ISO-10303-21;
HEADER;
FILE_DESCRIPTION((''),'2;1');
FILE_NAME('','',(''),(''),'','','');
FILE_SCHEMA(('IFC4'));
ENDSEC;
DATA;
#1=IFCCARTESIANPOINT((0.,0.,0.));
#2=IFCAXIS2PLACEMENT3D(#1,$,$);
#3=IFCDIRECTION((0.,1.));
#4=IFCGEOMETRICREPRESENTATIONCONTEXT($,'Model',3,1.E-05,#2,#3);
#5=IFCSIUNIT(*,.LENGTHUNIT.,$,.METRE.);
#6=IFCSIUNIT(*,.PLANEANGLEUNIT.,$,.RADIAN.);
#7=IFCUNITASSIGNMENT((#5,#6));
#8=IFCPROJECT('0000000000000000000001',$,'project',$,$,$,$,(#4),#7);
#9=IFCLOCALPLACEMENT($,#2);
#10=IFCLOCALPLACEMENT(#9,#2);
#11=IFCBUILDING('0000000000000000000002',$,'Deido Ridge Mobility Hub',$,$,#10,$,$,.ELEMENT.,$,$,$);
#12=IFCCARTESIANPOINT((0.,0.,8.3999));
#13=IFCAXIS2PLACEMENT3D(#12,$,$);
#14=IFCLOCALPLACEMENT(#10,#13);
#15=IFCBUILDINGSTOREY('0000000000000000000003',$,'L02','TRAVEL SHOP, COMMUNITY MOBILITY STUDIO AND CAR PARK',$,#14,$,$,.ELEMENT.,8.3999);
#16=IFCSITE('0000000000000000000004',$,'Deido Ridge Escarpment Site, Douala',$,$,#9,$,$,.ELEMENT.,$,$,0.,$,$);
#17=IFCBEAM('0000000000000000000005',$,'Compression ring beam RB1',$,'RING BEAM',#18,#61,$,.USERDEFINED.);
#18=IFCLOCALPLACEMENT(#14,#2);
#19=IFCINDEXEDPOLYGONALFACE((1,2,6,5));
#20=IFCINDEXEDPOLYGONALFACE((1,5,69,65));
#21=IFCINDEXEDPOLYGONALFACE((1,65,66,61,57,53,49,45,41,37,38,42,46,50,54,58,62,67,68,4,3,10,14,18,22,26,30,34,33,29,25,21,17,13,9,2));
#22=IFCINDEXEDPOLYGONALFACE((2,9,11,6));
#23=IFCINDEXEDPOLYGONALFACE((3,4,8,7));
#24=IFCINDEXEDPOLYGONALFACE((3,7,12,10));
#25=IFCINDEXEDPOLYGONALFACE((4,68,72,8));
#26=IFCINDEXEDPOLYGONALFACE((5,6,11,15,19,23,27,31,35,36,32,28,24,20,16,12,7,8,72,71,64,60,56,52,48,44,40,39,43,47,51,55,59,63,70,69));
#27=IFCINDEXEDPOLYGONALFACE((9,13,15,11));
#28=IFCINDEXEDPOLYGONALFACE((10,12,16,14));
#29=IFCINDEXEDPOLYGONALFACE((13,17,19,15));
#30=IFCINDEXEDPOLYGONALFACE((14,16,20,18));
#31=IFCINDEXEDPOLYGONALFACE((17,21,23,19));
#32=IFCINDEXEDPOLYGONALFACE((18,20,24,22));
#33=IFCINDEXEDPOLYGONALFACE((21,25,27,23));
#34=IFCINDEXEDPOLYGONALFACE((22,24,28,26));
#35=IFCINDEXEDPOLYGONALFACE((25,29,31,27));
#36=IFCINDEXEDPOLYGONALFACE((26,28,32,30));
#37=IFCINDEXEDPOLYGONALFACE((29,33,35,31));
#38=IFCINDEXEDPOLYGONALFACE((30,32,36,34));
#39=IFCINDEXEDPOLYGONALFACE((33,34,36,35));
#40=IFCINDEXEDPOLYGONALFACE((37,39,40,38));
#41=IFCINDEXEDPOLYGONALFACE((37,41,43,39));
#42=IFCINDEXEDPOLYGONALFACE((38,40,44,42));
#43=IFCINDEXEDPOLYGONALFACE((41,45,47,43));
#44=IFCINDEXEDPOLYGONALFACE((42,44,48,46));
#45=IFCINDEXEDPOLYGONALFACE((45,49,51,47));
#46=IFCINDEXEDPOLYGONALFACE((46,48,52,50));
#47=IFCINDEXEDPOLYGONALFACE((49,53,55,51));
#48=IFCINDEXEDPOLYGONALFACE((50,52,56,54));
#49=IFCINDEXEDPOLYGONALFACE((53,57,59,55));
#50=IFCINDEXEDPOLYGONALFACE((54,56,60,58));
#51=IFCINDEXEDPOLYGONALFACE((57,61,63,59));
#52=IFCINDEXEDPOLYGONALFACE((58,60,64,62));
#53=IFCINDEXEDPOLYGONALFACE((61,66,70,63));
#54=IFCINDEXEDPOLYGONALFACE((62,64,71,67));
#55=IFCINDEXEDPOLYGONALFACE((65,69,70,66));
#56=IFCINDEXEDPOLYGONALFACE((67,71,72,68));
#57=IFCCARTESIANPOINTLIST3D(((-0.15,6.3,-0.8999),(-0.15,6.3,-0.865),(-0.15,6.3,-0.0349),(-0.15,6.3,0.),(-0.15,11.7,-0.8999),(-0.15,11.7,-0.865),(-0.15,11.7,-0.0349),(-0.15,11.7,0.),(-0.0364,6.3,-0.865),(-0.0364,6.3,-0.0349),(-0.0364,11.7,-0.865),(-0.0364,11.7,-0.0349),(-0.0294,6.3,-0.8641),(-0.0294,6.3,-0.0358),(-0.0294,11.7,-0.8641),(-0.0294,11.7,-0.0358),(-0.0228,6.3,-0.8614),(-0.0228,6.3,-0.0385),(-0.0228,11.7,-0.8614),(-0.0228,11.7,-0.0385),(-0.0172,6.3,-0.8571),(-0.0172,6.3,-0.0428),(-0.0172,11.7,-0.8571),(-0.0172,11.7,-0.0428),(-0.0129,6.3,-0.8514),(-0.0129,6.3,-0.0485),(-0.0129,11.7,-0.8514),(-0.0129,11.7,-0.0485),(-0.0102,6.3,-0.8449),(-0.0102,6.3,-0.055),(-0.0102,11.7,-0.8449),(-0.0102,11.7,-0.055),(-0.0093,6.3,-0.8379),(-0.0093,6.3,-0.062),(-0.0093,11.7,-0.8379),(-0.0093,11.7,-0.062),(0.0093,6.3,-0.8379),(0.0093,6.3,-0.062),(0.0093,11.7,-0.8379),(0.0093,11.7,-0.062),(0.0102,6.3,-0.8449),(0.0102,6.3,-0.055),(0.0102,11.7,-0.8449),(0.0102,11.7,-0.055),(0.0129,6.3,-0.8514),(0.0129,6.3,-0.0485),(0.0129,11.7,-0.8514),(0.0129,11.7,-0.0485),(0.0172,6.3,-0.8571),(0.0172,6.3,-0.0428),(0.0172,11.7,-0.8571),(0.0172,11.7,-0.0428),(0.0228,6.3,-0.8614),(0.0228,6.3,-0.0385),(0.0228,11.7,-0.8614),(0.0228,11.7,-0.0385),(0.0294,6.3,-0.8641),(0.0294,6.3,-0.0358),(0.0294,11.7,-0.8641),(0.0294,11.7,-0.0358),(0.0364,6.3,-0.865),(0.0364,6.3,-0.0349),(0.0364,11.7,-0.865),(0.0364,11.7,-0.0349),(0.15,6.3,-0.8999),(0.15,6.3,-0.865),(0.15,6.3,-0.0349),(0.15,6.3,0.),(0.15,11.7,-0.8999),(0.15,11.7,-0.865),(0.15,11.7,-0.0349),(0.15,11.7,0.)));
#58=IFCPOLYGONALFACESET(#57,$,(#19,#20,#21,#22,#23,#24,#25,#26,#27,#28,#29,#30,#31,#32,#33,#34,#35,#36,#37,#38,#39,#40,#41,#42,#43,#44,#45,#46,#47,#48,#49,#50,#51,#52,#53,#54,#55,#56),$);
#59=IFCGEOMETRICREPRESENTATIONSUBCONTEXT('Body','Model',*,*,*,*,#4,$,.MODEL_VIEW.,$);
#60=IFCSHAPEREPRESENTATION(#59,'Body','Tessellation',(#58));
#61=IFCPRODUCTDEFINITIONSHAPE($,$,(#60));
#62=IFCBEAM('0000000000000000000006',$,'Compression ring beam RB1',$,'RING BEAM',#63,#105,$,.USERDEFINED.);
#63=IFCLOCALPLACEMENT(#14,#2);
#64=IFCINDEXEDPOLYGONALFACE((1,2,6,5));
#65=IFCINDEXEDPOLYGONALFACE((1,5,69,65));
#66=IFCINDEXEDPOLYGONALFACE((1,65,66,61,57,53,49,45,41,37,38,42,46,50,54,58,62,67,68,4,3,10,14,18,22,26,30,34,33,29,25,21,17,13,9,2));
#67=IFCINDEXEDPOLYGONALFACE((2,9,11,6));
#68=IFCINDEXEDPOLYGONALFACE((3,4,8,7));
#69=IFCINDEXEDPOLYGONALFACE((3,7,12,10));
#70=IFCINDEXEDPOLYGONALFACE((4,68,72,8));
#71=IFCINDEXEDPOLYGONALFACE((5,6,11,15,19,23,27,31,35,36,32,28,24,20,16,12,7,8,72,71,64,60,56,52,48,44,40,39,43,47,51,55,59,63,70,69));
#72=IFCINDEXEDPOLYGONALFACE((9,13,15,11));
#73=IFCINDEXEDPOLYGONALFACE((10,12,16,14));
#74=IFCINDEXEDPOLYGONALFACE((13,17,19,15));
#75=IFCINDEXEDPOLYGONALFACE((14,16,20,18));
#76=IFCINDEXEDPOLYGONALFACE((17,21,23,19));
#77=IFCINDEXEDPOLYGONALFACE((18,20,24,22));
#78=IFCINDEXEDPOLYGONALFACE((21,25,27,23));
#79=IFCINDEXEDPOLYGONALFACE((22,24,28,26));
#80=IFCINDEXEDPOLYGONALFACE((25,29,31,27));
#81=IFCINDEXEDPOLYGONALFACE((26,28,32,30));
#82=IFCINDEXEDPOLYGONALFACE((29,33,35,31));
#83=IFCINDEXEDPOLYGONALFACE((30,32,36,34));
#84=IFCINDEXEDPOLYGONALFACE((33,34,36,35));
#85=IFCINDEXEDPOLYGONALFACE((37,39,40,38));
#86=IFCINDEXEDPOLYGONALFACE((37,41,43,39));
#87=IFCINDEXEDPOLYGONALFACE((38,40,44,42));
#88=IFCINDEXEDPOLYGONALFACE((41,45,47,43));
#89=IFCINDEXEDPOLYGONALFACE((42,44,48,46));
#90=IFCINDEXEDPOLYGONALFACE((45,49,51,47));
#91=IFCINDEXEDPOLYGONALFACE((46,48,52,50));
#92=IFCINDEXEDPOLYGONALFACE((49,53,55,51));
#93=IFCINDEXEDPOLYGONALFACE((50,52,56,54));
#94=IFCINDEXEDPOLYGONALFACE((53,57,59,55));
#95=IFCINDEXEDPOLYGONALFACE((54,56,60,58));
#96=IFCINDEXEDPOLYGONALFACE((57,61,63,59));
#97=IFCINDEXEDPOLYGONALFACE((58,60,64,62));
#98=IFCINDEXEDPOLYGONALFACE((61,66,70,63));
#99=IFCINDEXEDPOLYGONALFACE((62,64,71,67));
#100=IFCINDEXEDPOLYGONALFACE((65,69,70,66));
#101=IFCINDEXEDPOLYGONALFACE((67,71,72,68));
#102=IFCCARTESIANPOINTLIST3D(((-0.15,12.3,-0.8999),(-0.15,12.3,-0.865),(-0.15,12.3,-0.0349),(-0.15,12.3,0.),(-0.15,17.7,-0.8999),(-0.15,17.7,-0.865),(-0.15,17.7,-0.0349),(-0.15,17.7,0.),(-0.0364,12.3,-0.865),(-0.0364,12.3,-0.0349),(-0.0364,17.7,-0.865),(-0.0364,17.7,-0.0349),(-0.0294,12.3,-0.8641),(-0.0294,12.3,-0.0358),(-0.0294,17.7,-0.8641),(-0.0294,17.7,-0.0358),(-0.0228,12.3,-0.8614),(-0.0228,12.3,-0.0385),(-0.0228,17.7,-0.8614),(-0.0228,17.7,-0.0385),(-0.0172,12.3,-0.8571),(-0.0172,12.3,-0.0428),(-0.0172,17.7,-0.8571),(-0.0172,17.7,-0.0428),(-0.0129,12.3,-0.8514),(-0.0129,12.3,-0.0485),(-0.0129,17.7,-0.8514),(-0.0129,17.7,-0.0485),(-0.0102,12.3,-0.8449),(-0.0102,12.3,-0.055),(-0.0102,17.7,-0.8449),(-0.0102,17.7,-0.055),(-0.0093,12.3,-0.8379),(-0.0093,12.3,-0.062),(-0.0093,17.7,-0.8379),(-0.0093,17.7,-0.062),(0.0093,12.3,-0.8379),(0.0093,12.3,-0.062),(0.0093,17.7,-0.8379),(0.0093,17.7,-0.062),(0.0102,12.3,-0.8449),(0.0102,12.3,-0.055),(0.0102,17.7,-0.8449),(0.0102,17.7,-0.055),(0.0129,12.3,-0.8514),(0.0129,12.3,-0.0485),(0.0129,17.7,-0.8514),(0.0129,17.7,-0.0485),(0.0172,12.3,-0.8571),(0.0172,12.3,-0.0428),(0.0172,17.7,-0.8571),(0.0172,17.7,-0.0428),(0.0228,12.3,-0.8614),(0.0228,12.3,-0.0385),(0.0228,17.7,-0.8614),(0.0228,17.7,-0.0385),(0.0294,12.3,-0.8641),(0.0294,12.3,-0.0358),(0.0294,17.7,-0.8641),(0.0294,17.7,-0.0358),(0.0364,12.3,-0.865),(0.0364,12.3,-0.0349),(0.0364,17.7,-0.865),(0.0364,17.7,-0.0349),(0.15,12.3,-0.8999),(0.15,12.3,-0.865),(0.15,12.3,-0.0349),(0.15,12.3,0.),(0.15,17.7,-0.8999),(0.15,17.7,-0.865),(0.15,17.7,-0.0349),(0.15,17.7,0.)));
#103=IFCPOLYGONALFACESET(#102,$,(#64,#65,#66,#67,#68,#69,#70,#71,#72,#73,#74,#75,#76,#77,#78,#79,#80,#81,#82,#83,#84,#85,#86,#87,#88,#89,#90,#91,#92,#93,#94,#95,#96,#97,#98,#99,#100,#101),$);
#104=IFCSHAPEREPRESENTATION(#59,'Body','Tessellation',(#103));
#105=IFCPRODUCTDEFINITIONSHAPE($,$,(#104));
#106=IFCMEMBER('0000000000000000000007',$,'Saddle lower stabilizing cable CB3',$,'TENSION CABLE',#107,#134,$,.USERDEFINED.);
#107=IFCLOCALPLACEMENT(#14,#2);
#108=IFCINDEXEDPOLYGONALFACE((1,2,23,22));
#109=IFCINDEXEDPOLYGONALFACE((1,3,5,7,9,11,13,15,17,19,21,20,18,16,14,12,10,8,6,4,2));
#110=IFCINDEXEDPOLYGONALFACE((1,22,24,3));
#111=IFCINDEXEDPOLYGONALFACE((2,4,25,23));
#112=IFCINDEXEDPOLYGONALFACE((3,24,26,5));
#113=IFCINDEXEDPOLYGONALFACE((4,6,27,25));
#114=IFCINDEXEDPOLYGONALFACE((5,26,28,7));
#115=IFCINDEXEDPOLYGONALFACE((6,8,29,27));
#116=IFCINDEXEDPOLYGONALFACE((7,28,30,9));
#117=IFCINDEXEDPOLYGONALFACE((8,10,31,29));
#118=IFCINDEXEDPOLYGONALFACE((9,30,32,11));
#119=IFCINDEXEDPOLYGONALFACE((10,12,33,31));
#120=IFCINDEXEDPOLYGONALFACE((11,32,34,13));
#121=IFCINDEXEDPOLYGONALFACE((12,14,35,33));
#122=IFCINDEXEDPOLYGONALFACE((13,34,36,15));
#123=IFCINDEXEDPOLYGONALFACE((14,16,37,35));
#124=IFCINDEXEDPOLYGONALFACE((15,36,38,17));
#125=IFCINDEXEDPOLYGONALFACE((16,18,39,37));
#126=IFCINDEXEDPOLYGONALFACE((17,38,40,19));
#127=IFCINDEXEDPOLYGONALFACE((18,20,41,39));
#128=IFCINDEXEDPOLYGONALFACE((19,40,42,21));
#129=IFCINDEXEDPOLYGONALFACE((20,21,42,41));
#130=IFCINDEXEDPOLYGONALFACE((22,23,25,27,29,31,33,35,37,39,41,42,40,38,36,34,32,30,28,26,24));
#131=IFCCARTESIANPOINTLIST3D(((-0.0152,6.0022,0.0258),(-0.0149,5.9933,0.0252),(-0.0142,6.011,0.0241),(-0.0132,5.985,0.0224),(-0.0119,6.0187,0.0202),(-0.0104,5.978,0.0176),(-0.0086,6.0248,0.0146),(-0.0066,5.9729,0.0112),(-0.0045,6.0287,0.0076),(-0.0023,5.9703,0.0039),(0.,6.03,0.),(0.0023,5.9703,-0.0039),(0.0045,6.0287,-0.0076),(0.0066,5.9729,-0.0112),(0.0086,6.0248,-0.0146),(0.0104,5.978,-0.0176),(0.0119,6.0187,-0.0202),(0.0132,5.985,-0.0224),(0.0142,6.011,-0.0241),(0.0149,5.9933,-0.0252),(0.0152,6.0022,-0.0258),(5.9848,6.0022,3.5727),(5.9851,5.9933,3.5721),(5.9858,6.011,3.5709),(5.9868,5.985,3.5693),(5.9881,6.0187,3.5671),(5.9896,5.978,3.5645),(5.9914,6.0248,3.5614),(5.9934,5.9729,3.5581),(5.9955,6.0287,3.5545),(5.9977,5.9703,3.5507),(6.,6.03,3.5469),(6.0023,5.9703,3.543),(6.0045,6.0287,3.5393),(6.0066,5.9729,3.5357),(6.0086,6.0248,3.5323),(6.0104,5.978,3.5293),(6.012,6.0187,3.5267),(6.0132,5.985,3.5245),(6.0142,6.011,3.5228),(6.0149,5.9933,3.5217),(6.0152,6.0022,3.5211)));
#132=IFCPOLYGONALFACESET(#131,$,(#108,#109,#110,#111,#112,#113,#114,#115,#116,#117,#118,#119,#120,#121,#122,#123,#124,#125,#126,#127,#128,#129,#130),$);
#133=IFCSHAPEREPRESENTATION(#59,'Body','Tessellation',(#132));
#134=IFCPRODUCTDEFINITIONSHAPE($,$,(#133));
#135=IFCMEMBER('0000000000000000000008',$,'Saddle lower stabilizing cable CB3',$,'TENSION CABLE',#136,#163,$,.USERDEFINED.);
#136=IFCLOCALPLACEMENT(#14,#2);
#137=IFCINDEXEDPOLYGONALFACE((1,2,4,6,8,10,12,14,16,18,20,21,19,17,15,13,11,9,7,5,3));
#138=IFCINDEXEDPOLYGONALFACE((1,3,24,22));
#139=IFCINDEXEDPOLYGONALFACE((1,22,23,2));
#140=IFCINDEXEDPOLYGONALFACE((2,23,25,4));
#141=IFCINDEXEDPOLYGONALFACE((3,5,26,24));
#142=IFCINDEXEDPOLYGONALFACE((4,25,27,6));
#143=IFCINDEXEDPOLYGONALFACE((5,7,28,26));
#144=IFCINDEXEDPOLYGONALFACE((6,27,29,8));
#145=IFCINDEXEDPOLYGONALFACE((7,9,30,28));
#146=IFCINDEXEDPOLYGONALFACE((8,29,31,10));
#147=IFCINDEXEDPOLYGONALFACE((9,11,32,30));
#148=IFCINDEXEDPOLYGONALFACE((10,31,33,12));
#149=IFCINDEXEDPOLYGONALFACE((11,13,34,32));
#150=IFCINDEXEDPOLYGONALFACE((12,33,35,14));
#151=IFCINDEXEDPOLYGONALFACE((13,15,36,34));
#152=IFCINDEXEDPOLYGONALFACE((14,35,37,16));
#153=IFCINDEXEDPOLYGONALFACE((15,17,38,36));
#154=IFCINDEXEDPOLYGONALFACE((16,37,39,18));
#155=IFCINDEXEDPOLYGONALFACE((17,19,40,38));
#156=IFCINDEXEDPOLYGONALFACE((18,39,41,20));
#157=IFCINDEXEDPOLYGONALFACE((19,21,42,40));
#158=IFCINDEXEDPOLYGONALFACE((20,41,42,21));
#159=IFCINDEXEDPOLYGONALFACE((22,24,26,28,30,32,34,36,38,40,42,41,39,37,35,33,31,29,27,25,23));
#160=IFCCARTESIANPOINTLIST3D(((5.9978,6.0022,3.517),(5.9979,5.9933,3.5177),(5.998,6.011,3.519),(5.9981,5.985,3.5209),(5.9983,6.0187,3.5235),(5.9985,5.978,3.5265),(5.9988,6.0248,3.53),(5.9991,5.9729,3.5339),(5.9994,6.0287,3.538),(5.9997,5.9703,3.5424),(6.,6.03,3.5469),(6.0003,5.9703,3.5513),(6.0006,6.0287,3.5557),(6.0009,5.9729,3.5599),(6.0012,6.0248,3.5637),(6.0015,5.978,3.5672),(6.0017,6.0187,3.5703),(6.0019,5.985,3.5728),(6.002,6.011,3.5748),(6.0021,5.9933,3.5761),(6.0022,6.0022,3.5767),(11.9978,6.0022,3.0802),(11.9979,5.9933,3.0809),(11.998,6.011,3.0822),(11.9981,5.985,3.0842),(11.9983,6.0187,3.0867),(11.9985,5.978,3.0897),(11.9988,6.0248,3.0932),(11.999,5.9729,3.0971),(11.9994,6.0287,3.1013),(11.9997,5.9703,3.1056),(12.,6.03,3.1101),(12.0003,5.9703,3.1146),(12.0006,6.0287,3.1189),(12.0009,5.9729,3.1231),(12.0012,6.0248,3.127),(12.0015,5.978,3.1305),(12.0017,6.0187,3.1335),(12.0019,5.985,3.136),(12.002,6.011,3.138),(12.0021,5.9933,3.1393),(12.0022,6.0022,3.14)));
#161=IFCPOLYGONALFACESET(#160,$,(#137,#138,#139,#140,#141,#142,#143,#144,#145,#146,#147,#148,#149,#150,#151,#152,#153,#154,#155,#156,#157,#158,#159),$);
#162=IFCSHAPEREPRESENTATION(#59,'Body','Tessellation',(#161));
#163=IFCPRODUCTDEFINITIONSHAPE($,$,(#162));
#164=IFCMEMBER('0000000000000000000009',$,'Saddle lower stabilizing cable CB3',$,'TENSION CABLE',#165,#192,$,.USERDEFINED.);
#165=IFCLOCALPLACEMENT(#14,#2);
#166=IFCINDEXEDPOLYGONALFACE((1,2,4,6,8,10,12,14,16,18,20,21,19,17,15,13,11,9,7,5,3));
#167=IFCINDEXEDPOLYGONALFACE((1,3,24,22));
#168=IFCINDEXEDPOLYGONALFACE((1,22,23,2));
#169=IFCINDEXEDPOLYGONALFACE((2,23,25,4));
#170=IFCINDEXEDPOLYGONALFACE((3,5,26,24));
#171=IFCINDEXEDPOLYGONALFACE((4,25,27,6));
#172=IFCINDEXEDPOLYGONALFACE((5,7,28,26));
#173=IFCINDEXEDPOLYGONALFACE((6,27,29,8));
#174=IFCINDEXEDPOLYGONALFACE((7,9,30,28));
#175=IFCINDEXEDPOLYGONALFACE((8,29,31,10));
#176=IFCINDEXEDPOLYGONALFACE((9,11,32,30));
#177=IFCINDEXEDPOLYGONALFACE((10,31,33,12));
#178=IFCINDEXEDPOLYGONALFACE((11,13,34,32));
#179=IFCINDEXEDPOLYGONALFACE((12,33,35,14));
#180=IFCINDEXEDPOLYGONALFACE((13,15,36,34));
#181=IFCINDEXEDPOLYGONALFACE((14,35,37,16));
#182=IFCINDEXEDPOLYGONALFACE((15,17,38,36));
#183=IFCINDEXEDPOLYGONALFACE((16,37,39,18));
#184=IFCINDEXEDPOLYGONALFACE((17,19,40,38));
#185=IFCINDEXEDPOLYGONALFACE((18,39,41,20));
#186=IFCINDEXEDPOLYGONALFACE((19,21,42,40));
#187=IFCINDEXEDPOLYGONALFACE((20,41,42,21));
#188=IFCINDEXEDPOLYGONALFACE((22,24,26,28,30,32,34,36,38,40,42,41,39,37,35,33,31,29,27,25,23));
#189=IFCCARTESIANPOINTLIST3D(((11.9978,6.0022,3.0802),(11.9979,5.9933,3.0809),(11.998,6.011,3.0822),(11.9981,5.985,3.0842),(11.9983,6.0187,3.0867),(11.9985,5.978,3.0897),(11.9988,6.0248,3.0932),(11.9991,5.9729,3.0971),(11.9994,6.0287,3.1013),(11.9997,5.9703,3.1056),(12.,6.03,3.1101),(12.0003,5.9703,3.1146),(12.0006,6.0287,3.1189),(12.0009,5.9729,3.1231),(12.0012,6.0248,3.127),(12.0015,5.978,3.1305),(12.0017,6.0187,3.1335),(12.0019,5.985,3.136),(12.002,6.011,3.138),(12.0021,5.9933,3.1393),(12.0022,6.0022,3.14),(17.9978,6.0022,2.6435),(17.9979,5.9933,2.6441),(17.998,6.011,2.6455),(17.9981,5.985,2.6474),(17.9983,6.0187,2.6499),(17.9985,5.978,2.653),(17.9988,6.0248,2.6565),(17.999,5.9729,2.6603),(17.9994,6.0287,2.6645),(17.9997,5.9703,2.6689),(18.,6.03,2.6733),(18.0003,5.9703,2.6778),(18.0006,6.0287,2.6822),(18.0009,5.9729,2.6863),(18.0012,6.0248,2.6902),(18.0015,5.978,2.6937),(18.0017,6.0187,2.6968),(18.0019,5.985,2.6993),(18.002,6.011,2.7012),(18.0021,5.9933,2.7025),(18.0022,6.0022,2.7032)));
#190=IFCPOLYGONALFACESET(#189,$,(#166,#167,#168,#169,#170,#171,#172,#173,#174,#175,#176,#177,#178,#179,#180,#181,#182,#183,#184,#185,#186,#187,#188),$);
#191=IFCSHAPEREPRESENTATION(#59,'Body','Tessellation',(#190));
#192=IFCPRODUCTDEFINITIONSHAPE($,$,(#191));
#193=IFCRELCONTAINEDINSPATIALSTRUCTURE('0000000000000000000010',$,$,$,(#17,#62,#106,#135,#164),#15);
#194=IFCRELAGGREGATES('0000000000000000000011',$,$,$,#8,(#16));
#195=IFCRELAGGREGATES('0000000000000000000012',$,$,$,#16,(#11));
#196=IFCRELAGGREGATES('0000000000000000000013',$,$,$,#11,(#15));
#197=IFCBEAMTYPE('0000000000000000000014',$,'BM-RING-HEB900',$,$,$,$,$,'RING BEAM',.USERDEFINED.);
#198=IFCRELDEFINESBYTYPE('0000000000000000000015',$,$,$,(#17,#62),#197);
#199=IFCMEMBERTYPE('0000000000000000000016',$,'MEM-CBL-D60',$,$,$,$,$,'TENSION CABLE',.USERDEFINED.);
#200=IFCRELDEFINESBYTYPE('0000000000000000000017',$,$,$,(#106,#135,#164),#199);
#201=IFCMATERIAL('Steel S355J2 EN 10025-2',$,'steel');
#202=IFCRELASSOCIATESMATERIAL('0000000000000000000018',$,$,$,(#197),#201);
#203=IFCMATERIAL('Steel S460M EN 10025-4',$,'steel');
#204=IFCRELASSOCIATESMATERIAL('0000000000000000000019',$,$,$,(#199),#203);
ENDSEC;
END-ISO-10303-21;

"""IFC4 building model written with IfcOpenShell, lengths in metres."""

from ifc_helpers import new_model, si_unit, direction, frame, origin, origin_2d, place, context, subcontext, project, spatial, circle, i_section, extrude, material, material_profile, profile_set, type_object, element, save


model = new_model("IFC4")

# Units and contexts
model_context = context("Model", 3, precision=1e-05, world=origin(), true_north=direction((0.0, 1.0)))
body_context = subcontext(model_context, "Body", "Model", "MODEL_VIEW")
ifc_project = project(units=[si_unit("LENGTHUNIT", "METRE"), si_unit("PLANEANGLEUNIT", "RADIAN")], contexts=[model_context])

# Site, building, storey
site_placement = place(None, origin())
site = spatial("IfcSite", under=ifc_project, at=site_placement, Name="Deido Ridge Escarpment Site, Douala", CompositionType="ELEMENT", RefElevation=0.0)
building_placement = place(site_placement, origin())
building = spatial("IfcBuilding", under=site, at=building_placement, Name="Deido Ridge Mobility Hub", CompositionType="ELEMENT")
storey_placement = place(building_placement, frame((0.0, 0.0, 8.3999)))
storey = spatial("IfcBuildingStorey", under=building, at=storey_placement, Name="L02", Description="TRAVEL SHOP, COMMUNITY MOBILITY STUDIO AND CAR PARK", CompositionType="ELEMENT", Elevation=8.3999)

# Beams
ifc_material_1 = material(Name="Steel S355J2 EN 10025-2", Category="steel")
ifc_material_profile_1 = material_profile(ifc_material_1, i_section(OverallWidth=0.3, OverallDepth=0.8999, WebThickness=0.0186, FlangeThickness=0.0349, FilletRadius=0.0271, at=origin_2d()), Name="HEB 900")
ifc_profile_set_1 = profile_set([ifc_material_profile_1], Name="Steel S355J2 EN 10025-2")
beam_type = type_object("IfcBeamType", Name="BM-RING-HEB900", ElementType="RING BEAM", PredefinedType="USERDEFINED", material=ifc_profile_set_1)
for number, where, z_axis, x_axis, name in (
    (1, (0.0, 6.3, -0.45), (0.0, 1.0, 0.0), (-1.0, 0.0, 0.0), "Compression ring beam RB1"),
    (2, (0.0, 12.3, -0.45), (0.0, 1.0, 0.0), (-1.0, 0.0, 0.0), "Compression ring beam RB1"),
):
    element("IfcBeam", number, at=place(storey_placement, frame(where, z_axis=z_axis, x_axis=x_axis)), inside=storey, type_object=beam_type, Name=name, ObjectType="RING BEAM", PredefinedType="USERDEFINED", context=body_context, shape_type="SweptSolid", body=[
        extrude(i_section(OverallWidth=0.3, OverallDepth=0.8999, WebThickness=0.0186, FlangeThickness=0.0349, FilletRadius=0.0271, at=origin_2d()), origin(), (0.0, 0.0, 1.0), 5.3999),
    ])

# Members
ifc_material_2 = material(Name="Steel S460M EN 10025-4", Category="steel")
ifc_material_profile_2 = material_profile(ifc_material_2, circle(Radius=0.03, at=origin_2d()), Name="CABLE D60")
ifc_profile_set_2 = profile_set([ifc_material_profile_2], Name="Steel S460M EN 10025-4")
member_type_1 = type_object("IfcMemberType", Name="MEM-CBL-D60", ElementType="TENSION CABLE", PredefinedType="USERDEFINED", material=ifc_profile_set_2)
member_1_placement = place(storey_placement, frame((0.0, 6.0, 0.0), z_axis=(0.860837, 0.0, 0.50888), x_axis=(0.0, 1.0, 0.0)))
element("IfcMember", 3, at=member_1_placement, inside=storey, type_object=member_type_1, Name="Saddle lower stabilizing cable CB3", ObjectType="TENSION CABLE", PredefinedType="USERDEFINED", context=body_context, shape_type="SweptSolid", body=[
    extrude(circle(Radius=0.03, at=origin_2d()), origin(), (0.0, 0.0, 1.0), 6.97),
])
for number, where, z_axis, x_axis, name in (
    (4, (6.0, 6.0, 3.5469), (0.997361, 0.0, -0.072602), (0.0, 1.0, 0.0), "Saddle lower stabilizing cable CB3"),
    (5, (12.0, 6.0, 3.1101), (0.997361, 0.0, -0.072602), (0.0, 1.0, 0.0), "Saddle lower stabilizing cable CB3"),
):
    element("IfcMember", number, at=place(storey_placement, frame(where, z_axis=z_axis, x_axis=x_axis)), inside=storey, type_object=member_type_1, Name=name, ObjectType="TENSION CABLE", PredefinedType="USERDEFINED", context=body_context, shape_type="SweptSolid", body=[
        extrude(circle(Radius=0.03, at=origin_2d()), origin(), (0.0, 0.0, 1.0), 6.0159),
    ])

save(model, "model.ifc")
